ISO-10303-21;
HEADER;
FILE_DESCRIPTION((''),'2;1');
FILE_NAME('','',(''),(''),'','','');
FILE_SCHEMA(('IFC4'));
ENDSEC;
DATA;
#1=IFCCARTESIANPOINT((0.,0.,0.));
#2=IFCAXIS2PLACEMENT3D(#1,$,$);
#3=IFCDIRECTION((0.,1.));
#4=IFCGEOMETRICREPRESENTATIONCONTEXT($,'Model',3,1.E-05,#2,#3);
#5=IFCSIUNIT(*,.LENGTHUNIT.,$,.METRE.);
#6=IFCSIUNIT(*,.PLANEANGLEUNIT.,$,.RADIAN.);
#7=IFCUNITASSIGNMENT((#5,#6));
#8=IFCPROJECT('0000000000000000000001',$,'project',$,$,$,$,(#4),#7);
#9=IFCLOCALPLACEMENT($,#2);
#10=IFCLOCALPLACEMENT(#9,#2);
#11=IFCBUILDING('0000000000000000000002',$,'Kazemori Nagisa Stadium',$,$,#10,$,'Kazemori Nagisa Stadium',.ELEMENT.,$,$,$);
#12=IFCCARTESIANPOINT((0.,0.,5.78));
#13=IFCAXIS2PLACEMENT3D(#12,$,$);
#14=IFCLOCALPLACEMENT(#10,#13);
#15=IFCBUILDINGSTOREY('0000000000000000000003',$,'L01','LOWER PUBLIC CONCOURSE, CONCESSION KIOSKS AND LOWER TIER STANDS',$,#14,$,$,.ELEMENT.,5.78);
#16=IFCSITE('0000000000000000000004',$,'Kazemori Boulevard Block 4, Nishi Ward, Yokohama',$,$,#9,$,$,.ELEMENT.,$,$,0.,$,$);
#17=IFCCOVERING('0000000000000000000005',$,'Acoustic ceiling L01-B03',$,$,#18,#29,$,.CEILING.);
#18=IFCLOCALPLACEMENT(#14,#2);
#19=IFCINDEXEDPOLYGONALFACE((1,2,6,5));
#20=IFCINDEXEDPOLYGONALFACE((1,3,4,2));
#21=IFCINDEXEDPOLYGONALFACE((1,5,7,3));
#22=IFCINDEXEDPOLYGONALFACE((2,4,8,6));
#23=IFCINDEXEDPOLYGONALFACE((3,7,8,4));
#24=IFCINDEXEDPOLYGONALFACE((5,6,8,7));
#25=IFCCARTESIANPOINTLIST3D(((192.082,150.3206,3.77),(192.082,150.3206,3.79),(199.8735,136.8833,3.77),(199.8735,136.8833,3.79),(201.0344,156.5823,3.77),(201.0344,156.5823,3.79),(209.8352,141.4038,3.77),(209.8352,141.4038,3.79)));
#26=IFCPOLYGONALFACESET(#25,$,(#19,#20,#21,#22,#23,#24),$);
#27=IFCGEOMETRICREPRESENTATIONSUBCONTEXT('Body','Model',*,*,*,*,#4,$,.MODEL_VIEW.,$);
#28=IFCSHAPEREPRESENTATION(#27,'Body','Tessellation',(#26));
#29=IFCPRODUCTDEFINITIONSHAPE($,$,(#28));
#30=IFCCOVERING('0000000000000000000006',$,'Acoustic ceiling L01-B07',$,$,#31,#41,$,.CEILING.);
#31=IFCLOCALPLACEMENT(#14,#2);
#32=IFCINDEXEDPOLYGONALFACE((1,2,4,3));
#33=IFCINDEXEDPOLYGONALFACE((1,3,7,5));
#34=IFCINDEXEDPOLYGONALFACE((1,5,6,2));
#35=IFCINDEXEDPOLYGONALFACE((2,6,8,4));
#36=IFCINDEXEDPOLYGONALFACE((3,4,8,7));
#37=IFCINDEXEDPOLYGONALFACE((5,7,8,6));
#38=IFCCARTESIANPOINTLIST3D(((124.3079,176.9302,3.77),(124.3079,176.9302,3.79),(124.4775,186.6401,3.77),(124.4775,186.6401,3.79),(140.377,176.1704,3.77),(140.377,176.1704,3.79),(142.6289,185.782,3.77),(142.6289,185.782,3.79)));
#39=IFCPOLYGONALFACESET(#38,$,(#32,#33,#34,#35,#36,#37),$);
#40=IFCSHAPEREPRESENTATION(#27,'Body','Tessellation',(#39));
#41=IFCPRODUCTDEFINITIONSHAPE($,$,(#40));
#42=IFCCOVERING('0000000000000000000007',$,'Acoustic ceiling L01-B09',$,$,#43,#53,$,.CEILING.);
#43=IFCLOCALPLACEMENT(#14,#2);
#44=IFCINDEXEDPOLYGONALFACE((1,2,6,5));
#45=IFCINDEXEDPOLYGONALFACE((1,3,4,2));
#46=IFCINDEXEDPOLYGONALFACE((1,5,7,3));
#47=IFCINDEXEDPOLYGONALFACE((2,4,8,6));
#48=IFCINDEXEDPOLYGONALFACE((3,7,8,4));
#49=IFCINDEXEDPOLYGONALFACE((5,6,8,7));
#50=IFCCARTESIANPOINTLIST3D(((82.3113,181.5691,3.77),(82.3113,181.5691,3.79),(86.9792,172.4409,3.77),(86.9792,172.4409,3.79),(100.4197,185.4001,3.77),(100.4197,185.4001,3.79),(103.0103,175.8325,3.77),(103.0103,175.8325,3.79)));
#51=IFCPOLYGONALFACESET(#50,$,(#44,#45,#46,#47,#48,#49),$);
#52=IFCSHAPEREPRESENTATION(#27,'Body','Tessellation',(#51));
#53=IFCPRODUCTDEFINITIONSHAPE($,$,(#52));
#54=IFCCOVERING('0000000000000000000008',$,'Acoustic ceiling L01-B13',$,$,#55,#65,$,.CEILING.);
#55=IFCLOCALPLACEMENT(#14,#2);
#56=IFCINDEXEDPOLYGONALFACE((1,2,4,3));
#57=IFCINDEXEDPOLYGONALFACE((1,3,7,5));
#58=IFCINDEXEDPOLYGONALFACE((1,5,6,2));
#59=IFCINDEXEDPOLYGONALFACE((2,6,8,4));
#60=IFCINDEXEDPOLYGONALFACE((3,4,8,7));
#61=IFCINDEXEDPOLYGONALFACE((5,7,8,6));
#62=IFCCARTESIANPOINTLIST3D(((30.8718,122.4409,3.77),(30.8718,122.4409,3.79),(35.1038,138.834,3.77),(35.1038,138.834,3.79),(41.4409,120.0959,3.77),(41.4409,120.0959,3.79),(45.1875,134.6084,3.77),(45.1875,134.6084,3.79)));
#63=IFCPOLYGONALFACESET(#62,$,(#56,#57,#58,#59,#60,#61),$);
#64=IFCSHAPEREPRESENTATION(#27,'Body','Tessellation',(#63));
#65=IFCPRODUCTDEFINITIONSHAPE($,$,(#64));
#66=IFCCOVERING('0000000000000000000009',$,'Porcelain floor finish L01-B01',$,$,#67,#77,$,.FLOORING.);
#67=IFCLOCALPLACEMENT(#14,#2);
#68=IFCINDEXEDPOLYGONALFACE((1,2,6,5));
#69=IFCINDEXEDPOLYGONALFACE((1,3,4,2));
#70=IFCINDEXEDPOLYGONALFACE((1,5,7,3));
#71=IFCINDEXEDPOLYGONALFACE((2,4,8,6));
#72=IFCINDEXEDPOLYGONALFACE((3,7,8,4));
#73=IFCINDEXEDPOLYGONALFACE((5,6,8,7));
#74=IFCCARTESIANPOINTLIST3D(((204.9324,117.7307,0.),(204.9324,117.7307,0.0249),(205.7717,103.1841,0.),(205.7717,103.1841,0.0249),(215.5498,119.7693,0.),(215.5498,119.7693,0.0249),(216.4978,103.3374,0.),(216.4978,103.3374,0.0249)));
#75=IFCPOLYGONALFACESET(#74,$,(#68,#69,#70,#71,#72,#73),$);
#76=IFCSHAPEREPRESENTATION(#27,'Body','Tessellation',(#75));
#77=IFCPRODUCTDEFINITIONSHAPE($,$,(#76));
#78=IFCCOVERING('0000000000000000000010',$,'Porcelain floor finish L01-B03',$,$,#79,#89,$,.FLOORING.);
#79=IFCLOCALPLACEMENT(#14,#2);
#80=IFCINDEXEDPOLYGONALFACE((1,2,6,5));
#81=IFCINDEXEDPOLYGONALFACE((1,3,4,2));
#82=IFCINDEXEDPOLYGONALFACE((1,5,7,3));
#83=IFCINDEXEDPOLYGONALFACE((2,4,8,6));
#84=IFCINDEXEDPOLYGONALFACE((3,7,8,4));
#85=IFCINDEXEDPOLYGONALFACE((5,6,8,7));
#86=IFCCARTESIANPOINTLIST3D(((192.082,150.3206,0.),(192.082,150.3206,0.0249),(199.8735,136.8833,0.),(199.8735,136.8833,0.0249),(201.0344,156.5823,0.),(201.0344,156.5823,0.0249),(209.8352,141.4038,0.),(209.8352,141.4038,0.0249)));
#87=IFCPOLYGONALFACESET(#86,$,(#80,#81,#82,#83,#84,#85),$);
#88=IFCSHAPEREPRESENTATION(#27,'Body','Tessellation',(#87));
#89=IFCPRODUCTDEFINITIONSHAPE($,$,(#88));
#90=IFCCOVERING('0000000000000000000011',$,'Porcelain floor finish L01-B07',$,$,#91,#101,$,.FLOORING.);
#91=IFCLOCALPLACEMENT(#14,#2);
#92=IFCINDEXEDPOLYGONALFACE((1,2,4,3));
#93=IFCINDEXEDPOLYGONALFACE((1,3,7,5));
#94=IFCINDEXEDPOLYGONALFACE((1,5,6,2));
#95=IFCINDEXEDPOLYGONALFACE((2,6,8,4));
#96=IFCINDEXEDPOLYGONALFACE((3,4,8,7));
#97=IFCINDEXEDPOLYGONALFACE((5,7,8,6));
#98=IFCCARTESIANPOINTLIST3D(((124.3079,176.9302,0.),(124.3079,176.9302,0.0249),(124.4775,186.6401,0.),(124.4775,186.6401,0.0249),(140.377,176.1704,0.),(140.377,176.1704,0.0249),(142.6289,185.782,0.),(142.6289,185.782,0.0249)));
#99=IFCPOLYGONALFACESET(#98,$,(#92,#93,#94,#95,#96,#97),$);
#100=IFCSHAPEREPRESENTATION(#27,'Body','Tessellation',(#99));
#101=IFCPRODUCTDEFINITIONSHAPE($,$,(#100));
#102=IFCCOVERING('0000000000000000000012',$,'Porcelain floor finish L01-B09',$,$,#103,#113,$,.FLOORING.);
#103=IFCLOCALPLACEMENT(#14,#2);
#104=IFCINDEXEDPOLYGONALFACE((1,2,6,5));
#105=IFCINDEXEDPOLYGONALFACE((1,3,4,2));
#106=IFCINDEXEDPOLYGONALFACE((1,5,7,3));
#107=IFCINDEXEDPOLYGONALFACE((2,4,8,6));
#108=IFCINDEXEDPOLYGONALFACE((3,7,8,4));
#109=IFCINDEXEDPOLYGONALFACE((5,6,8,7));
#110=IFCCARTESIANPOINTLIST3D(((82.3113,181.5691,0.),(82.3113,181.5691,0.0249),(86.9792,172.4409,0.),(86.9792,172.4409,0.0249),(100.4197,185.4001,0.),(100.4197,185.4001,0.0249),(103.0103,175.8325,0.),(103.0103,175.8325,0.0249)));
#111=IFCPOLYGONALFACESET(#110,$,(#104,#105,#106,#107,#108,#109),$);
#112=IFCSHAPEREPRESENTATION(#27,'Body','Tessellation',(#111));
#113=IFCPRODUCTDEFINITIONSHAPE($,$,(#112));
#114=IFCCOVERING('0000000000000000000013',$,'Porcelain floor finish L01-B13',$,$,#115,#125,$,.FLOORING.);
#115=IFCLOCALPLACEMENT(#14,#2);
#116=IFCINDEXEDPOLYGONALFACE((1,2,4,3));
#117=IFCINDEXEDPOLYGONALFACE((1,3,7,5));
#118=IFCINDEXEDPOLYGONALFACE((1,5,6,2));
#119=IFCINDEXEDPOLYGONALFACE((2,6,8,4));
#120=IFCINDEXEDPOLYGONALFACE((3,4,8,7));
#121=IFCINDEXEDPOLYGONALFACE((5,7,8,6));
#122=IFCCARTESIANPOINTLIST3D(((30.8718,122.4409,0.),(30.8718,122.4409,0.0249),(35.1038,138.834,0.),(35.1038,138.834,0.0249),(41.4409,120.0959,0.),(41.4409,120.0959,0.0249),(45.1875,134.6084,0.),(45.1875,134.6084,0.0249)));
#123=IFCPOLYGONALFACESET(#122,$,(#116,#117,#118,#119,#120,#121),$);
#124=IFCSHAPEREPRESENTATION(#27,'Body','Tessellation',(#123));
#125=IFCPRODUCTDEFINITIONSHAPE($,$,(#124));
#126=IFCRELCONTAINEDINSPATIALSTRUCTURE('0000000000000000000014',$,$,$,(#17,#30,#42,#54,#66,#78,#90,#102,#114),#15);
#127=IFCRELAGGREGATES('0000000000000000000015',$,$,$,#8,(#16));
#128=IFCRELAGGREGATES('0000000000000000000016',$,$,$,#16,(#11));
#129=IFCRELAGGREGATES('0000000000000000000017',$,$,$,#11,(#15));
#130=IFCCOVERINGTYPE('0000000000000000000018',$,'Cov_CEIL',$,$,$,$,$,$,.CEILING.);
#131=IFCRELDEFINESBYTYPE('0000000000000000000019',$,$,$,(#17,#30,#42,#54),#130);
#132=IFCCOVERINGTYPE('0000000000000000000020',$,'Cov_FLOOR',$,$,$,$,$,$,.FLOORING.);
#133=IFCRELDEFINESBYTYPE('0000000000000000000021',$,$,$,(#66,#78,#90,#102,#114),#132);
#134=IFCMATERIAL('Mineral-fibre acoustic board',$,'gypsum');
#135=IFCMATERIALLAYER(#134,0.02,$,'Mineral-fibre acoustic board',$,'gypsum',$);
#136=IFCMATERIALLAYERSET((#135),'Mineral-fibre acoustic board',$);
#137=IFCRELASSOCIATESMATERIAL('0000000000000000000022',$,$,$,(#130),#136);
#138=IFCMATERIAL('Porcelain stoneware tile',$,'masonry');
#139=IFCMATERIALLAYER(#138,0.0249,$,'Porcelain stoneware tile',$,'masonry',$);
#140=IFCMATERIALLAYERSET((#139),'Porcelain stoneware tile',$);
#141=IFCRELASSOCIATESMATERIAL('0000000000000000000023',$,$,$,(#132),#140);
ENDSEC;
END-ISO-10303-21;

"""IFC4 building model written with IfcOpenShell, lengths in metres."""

from ifc_helpers import new_model, si_unit, direction, frame, origin, place, context, subcontext, project, spatial, polyline, outline, extrude, material, layer, layer_set, type_object, element, save


model = new_model("IFC4")

# Units and contexts
model_context = context("Model", 3, precision=1e-05, world=origin(), true_north=direction((0.0, 1.0)))
body_context = subcontext(model_context, "Body", "Model", "MODEL_VIEW")
ifc_project = project(units=[si_unit("LENGTHUNIT", "METRE"), si_unit("PLANEANGLEUNIT", "RADIAN")], contexts=[model_context])

# Site, building, storey
site_placement = place(None, origin())
site = spatial("IfcSite", under=ifc_project, at=site_placement, Name="Kazemori Boulevard Block 4, Nishi Ward, Yokohama", CompositionType="ELEMENT", RefElevation=0.0)
building_placement = place(site_placement, origin())
building = spatial("IfcBuilding", under=site, at=building_placement, Name="Kazemori Nagisa Stadium", LongName="Kazemori Nagisa Stadium", CompositionType="ELEMENT")
storey_placement = place(building_placement, frame((0.0, 0.0, 5.78)))
storey = spatial("IfcBuildingStorey", under=building, at=storey_placement, Name="L01", Description="LOWER PUBLIC CONCOURSE, CONCESSION KIOSKS AND LOWER TIER STANDS", CompositionType="ELEMENT", Elevation=5.78)

# Coverings
ifc_material_1 = material(Name="Mineral-fibre acoustic board", Category="gypsum")
ifc_layer_1 = layer(ifc_material_1, 0.02, Name="Mineral-fibre acoustic board", Category="gypsum")
ifc_layer_set_1 = layer_set([ifc_layer_1], Name="Mineral-fibre acoustic board")
covering_type_1 = type_object("IfcCoveringType", Name="Cov_CEIL", PredefinedType="CEILING", material=ifc_layer_set_1)
covering_1_placement = place(storey_placement, frame((0.0, 0.0, 3.77)))
element("IfcCovering", 1, at=covering_1_placement, inside=storey, type_object=covering_type_1, Name="Acoustic ceiling L01-B03", PredefinedType="CEILING", context=body_context, shape_type="SweptSolid", body=[
    extrude(outline(polyline([(199.8735, 136.8833), (192.082, 150.3206), (201.0344, 156.5823), (209.8352, 141.4038), (199.8735, 136.8833)])), origin(), (0.0, 0.0, 1.0), 0.02),
])
covering_2_placement = place(storey_placement, frame((0.0, 0.0, 3.77)))
element("IfcCovering", 2, at=covering_2_placement, inside=storey, type_object=covering_type_1, Name="Acoustic ceiling L01-B07", PredefinedType="CEILING", context=body_context, shape_type="SweptSolid", body=[
    extrude(outline(polyline([(140.377, 176.1704), (124.3079, 176.9302), (124.4775, 186.6401), (142.6289, 185.782), (140.377, 176.1704)])), origin(), (0.0, 0.0, 1.0), 0.02),
])
covering_3_placement = place(storey_placement, frame((0.0, 0.0, 3.77)))
element("IfcCovering", 3, at=covering_3_placement, inside=storey, type_object=covering_type_1, Name="Acoustic ceiling L01-B09", PredefinedType="CEILING", context=body_context, shape_type="SweptSolid", body=[
    extrude(outline(polyline([(103.0103, 175.8325), (86.9792, 172.4409), (82.3113, 181.5691), (100.4197, 185.4001), (103.0103, 175.8325)])), origin(), (0.0, 0.0, 1.0), 0.02),
])
covering_4_placement = place(storey_placement, frame((0.0, 0.0, 3.77)))
element("IfcCovering", 4, at=covering_4_placement, inside=storey, type_object=covering_type_1, Name="Acoustic ceiling L01-B13", PredefinedType="CEILING", context=body_context, shape_type="SweptSolid", body=[
    extrude(outline(polyline([(45.1875, 134.6084), (41.4409, 120.0959), (30.8718, 122.4409), (35.1038, 138.834), (45.1875, 134.6084)])), origin(), (0.0, 0.0, 1.0), 0.02),
])
ifc_material_2 = material(Name="Porcelain stoneware tile", Category="masonry")
ifc_layer_2 = layer(ifc_material_2, 0.0249, Name="Porcelain stoneware tile", Category="masonry")
ifc_layer_set_2 = layer_set([ifc_layer_2], Name="Porcelain stoneware tile")
covering_type_2 = type_object("IfcCoveringType", Name="Cov_FLOOR", PredefinedType="FLOORING", material=ifc_layer_set_2)
covering_5_placement = place(storey_placement, origin())
element("IfcCovering", 5, at=covering_5_placement, inside=storey, type_object=covering_type_2, Name="Porcelain floor finish L01-B01", PredefinedType="FLOORING", context=body_context, shape_type="SweptSolid", body=[
    extrude(outline(polyline([(205.7717, 103.1841), (204.9324, 117.7307), (215.5498, 119.7693), (216.4978, 103.3374), (205.7717, 103.1841)])), origin(), (0.0, 0.0, 1.0), 0.0249),
])
covering_6_placement = place(storey_placement, origin())
element("IfcCovering", 6, at=covering_6_placement, inside=storey, type_object=covering_type_2, Name="Porcelain floor finish L01-B03", PredefinedType="FLOORING", context=body_context, shape_type="SweptSolid", body=[
    extrude(outline(polyline([(199.8735, 136.8833), (192.082, 150.3206), (201.0344, 156.5823), (209.8352, 141.4038), (199.8735, 136.8833)])), origin(), (0.0, 0.0, 1.0), 0.0249),
])
covering_7_placement = place(storey_placement, origin())
element("IfcCovering", 7, at=covering_7_placement, inside=storey, type_object=covering_type_2, Name="Porcelain floor finish L01-B07", PredefinedType="FLOORING", context=body_context, shape_type="SweptSolid", body=[
    extrude(outline(polyline([(140.377, 176.1704), (124.3079, 176.9302), (124.4775, 186.6401), (142.6289, 185.782), (140.377, 176.1704)])), origin(), (0.0, 0.0, 1.0), 0.0249),
])
covering_8_placement = place(storey_placement, origin())
element("IfcCovering", 8, at=covering_8_placement, inside=storey, type_object=covering_type_2, Name="Porcelain floor finish L01-B09", PredefinedType="FLOORING", context=body_context, shape_type="SweptSolid", body=[
    extrude(outline(polyline([(103.0103, 175.8325), (86.9792, 172.4409), (82.3113, 181.5691), (100.4197, 185.4001), (103.0103, 175.8325)])), origin(), (0.0, 0.0, 1.0), 0.0249),
])
covering_9_placement = place(storey_placement, origin())
element("IfcCovering", 9, at=covering_9_placement, inside=storey, type_object=covering_type_2, Name="Porcelain floor finish L01-B13", PredefinedType="FLOORING", context=body_context, shape_type="SweptSolid", body=[
    extrude(outline(polyline([(45.1875, 134.6084), (41.4409, 120.0959), (30.8718, 122.4409), (35.1038, 138.834), (45.1875, 134.6084)])), origin(), (0.0, 0.0, 1.0), 0.0249),
])

save(model, "model.ifc")
